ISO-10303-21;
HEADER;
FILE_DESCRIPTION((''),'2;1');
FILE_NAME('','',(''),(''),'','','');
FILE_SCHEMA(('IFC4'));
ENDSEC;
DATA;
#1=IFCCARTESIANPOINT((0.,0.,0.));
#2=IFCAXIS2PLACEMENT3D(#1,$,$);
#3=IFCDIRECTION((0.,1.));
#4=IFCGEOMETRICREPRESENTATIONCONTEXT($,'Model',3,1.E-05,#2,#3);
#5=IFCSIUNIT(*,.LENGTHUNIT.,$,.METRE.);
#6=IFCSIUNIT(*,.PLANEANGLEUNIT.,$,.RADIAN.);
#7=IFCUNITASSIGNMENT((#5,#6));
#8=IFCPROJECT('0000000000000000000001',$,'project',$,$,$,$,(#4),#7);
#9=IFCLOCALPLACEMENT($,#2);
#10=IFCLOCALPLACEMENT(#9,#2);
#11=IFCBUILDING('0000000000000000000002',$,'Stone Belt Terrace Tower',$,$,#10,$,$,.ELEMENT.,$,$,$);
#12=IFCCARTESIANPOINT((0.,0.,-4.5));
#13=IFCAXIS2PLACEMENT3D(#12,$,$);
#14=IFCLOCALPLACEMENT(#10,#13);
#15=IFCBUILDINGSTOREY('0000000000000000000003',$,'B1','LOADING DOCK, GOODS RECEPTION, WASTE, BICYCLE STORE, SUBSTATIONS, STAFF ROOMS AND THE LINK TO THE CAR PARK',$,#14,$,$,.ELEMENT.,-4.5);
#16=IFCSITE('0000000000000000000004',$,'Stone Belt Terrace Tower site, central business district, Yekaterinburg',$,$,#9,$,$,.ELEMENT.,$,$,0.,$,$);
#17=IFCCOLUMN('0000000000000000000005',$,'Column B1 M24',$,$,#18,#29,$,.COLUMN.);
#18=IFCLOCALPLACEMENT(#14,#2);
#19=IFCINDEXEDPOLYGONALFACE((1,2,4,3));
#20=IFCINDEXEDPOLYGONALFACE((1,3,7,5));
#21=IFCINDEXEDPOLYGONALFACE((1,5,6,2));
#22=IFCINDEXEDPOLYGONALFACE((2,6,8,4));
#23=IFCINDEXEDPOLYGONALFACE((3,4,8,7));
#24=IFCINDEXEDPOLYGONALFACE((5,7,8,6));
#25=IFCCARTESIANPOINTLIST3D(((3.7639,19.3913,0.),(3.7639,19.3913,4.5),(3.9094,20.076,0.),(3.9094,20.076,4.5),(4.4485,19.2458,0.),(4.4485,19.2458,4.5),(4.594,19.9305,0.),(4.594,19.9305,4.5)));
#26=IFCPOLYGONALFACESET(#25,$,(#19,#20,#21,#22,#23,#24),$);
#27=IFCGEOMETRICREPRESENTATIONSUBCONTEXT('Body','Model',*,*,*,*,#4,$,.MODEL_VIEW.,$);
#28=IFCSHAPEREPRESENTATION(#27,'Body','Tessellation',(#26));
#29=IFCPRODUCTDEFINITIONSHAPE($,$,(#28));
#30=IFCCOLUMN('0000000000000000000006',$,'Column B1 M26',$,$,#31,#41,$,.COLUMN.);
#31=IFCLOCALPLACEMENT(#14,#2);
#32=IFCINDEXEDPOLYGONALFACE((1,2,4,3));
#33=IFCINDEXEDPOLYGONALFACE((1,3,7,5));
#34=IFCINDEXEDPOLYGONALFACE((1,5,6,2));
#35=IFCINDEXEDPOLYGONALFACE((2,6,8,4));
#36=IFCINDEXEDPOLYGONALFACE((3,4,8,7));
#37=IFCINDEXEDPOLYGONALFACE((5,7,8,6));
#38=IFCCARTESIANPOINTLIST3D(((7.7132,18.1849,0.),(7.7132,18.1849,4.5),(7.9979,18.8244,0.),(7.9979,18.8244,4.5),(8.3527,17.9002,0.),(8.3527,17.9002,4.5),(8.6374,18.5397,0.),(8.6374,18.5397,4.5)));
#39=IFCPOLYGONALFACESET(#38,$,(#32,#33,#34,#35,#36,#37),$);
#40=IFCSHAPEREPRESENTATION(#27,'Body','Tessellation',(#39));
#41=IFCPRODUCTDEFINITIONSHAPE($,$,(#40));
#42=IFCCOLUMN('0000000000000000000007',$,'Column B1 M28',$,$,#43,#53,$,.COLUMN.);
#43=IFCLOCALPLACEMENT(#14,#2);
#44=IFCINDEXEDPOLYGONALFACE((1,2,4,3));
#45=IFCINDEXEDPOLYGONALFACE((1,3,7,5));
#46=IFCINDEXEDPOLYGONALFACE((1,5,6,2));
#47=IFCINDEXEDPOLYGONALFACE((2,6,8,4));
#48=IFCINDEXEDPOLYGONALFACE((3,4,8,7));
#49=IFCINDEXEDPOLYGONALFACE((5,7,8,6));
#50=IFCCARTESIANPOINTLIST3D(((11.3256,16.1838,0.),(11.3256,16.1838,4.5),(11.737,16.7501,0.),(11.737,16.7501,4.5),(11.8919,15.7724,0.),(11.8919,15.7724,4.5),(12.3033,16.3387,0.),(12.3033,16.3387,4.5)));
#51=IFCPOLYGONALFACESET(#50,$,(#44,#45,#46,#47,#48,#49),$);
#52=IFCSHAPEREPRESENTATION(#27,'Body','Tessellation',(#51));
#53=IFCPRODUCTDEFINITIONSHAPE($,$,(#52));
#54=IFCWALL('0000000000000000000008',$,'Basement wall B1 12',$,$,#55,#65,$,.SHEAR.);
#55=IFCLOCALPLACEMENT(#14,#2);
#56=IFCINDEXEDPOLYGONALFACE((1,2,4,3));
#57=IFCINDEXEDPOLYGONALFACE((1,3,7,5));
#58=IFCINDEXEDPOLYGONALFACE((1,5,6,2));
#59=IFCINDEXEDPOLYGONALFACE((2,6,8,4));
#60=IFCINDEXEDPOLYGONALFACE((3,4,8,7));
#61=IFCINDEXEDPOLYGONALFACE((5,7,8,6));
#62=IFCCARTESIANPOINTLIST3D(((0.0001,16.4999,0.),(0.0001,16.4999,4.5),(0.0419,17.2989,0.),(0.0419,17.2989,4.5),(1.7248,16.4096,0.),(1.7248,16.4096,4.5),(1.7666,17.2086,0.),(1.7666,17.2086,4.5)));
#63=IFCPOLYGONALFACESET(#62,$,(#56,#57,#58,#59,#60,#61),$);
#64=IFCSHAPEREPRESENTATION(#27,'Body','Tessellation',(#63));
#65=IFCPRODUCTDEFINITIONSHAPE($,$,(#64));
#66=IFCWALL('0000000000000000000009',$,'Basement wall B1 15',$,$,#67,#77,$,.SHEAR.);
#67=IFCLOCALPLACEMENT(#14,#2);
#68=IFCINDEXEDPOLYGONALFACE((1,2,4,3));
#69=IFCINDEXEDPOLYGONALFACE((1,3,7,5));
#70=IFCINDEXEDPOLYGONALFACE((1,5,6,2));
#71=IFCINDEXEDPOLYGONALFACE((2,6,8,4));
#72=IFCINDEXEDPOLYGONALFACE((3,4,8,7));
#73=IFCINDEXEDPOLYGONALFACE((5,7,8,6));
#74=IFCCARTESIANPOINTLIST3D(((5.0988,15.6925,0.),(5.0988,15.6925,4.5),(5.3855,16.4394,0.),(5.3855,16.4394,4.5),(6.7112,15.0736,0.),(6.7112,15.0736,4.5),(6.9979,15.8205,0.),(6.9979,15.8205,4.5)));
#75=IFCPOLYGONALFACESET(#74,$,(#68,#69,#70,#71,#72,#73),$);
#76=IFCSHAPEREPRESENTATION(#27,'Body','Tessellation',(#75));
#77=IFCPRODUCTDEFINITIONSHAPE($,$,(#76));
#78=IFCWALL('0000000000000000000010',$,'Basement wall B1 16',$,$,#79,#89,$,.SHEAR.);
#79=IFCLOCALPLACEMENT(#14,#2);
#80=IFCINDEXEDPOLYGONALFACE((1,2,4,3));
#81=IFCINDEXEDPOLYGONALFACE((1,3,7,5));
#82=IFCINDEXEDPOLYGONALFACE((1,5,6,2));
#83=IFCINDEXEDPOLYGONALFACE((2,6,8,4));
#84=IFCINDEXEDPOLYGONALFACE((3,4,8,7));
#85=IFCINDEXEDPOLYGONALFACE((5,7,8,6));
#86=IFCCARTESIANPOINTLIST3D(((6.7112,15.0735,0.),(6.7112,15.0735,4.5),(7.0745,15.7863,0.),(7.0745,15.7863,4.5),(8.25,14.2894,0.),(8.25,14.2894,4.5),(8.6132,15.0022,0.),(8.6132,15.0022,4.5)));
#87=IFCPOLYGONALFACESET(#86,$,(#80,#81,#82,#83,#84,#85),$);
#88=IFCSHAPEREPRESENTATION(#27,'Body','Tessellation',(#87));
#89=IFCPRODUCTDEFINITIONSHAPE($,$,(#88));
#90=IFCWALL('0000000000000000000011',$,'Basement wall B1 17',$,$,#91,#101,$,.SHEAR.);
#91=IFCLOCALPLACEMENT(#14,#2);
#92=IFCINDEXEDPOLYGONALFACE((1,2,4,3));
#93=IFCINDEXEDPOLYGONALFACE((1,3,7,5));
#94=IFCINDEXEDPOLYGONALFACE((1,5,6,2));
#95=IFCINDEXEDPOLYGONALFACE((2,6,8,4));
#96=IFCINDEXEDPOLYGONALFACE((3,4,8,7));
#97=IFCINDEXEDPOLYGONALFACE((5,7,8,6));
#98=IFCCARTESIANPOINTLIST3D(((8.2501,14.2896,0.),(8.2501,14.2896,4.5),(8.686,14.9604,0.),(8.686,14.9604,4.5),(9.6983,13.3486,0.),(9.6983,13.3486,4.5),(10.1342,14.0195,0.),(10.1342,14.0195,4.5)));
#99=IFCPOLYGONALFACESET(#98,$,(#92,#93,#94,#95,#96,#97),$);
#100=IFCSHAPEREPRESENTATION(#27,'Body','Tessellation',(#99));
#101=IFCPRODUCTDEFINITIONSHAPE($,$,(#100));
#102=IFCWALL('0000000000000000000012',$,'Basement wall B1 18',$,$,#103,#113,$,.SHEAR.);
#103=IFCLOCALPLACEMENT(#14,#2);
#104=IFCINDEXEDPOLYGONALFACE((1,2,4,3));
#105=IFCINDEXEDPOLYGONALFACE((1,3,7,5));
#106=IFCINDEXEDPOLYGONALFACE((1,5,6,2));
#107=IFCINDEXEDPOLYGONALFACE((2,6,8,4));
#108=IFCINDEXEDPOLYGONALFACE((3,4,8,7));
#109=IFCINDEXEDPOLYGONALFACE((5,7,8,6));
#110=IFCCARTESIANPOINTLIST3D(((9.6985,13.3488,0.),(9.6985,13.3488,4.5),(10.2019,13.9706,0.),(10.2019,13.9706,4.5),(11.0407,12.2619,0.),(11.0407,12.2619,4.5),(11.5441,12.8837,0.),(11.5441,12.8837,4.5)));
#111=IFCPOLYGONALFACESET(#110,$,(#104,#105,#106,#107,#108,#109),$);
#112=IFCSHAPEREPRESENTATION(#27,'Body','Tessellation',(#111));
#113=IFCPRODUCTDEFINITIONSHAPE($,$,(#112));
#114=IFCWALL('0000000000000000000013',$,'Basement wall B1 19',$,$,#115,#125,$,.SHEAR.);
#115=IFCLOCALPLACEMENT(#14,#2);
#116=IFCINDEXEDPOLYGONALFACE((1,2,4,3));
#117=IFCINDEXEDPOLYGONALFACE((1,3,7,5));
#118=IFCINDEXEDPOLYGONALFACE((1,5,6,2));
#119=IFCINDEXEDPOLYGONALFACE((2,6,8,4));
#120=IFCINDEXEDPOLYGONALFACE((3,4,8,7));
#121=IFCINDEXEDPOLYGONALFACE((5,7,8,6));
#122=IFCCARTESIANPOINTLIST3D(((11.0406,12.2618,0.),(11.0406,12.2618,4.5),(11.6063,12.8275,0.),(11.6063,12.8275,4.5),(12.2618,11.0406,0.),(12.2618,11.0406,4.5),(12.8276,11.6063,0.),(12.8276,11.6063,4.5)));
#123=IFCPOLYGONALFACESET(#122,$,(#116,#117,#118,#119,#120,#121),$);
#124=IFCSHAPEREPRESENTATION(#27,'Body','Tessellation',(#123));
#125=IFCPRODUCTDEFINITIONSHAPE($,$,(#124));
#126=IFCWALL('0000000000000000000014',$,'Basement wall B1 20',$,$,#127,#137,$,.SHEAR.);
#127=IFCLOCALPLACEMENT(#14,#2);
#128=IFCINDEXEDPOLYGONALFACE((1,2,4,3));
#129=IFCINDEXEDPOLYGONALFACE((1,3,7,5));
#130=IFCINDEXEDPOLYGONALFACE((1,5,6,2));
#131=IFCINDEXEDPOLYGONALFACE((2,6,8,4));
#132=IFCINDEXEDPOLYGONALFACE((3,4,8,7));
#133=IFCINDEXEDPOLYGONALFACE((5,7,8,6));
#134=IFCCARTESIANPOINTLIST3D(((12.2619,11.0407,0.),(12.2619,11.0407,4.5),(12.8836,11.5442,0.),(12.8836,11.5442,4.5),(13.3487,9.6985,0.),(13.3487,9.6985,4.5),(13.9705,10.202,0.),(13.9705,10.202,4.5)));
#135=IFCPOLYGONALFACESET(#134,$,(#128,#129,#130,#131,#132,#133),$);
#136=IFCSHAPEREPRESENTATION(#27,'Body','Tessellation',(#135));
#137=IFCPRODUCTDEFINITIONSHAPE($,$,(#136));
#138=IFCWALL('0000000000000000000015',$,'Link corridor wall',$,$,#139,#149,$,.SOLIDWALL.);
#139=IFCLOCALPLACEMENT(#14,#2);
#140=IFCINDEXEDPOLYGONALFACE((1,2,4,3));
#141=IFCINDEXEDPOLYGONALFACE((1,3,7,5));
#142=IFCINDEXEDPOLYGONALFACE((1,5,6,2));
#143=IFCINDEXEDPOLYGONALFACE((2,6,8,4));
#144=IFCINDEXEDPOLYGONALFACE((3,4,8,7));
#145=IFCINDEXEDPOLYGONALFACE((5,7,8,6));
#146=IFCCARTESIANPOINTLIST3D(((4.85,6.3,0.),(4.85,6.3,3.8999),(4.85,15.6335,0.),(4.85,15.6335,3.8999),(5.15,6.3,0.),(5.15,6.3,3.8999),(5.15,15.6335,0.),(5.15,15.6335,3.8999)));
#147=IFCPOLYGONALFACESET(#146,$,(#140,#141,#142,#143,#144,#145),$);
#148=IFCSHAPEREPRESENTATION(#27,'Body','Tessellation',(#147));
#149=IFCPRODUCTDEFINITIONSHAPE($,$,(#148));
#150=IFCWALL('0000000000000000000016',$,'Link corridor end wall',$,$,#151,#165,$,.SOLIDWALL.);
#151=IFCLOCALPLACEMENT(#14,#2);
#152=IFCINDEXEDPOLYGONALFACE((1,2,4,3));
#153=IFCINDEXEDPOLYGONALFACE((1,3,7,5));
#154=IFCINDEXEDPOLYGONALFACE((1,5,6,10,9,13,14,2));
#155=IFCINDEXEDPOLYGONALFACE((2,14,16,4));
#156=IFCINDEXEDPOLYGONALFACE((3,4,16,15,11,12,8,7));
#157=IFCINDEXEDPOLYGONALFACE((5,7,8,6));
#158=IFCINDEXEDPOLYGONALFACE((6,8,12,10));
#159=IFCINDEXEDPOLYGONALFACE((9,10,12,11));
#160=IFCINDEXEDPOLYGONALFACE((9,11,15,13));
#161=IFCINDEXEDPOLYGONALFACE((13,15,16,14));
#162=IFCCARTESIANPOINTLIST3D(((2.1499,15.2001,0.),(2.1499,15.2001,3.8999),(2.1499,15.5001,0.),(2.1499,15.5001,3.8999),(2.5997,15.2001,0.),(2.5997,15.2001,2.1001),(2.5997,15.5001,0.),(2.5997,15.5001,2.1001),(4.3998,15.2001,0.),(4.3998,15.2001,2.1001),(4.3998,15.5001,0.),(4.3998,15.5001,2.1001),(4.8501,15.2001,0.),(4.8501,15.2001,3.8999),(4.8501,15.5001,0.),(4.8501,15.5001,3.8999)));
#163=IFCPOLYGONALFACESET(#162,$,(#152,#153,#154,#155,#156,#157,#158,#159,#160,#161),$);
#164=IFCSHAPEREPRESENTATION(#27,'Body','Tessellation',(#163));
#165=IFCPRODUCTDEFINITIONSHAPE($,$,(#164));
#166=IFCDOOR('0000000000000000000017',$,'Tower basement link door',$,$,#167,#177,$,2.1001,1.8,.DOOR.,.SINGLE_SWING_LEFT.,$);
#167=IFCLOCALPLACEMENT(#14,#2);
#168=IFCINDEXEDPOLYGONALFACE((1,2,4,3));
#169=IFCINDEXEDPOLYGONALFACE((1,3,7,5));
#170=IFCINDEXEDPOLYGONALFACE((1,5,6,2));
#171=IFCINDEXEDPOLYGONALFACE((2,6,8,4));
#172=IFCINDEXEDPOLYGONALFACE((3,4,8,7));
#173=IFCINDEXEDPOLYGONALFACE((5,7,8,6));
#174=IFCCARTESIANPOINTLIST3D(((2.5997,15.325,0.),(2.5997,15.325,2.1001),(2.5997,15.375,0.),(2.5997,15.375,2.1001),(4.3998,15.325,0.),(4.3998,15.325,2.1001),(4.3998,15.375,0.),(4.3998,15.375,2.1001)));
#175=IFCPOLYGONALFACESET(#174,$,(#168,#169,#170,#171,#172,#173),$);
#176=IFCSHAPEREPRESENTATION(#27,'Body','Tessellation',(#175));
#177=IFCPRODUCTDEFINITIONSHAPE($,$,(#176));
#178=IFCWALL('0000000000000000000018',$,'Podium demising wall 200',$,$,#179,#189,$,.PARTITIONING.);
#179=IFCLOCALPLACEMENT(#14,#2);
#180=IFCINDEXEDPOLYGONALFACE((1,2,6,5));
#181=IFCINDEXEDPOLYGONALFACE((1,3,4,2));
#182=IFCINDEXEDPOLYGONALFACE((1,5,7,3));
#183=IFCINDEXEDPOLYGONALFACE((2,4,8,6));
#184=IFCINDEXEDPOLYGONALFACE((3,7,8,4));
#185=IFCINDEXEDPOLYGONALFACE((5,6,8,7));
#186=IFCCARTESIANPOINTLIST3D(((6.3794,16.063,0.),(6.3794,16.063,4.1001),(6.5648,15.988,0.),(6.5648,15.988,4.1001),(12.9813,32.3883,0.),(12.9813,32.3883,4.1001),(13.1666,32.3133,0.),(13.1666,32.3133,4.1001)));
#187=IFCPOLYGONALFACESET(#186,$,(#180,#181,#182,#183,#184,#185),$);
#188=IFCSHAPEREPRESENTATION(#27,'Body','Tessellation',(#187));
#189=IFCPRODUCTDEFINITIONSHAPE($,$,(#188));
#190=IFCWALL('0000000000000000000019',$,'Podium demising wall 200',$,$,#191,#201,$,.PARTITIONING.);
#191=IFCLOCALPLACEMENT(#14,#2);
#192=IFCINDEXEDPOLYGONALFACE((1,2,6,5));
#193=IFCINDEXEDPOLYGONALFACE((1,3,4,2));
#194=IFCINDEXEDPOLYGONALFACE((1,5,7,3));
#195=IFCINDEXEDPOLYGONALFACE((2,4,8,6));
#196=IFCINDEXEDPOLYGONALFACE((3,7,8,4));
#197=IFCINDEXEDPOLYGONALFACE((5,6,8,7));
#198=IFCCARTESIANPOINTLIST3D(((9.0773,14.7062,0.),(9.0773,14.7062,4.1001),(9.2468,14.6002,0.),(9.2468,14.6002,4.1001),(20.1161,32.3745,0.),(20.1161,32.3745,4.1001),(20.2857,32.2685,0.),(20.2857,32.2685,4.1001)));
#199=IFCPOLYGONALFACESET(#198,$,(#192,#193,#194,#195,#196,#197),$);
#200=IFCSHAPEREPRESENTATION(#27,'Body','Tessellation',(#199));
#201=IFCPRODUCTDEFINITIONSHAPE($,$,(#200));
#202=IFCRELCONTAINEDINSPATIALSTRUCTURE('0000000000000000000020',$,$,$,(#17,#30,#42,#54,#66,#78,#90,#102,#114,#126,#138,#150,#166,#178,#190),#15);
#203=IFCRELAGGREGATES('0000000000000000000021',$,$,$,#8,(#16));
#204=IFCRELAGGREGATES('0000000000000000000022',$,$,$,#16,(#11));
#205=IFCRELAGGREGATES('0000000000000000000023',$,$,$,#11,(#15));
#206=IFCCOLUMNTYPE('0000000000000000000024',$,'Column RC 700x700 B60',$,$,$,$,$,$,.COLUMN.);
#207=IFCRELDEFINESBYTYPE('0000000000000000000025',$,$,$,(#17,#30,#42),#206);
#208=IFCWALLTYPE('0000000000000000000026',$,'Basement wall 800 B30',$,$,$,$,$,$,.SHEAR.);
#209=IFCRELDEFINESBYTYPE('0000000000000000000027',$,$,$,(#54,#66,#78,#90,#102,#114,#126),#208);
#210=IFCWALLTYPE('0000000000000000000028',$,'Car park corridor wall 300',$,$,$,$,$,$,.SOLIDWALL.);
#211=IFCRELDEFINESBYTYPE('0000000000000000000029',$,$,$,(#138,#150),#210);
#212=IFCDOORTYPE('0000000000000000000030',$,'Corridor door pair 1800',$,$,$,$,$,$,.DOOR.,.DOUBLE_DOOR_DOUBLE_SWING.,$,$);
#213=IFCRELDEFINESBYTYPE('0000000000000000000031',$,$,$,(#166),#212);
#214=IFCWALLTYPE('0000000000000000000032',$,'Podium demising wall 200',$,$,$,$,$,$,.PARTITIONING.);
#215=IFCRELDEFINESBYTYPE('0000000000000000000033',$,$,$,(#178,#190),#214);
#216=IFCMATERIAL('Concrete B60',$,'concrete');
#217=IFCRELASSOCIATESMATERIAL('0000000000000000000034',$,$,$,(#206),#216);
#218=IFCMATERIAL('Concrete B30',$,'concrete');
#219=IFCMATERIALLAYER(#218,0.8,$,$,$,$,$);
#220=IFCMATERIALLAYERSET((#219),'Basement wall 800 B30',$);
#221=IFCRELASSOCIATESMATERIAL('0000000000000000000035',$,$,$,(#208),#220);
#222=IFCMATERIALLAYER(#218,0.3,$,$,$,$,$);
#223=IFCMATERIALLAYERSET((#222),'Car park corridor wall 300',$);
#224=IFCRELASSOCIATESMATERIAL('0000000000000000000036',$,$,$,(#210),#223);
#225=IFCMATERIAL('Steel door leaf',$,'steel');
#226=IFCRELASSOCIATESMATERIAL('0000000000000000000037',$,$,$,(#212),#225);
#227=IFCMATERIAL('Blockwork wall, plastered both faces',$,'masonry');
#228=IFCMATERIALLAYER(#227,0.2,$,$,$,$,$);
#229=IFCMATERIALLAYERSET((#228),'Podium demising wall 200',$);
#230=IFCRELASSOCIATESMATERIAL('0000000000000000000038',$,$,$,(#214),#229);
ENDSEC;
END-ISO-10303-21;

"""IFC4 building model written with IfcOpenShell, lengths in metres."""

from ifc_helpers import new_model, si_unit, direction, frame, frame_2d, origin, origin_2d, place, context, subcontext, project, spatial, rectangle, extrude, material, layer, layer_set, material_profile, profile_set, type_object, element, fill, save


model = new_model("IFC4")

# Units and contexts
model_context = context("Model", 3, precision=1e-05, world=origin(), true_north=direction((0.0, 1.0)))
body_context = subcontext(model_context, "Body", "Model", "MODEL_VIEW")
ifc_project = project(units=[si_unit("LENGTHUNIT", "METRE"), si_unit("PLANEANGLEUNIT", "RADIAN")], contexts=[model_context])

# Site, building, storey
site_placement = place(None, origin())
site = spatial("IfcSite", under=ifc_project, at=site_placement, Name="Stone Belt Terrace Tower site, central business district, Yekaterinburg", CompositionType="ELEMENT", RefElevation=0.0)
building_placement = place(site_placement, origin())
building = spatial("IfcBuilding", under=site, at=building_placement, Name="Stone Belt Terrace Tower", CompositionType="ELEMENT")
storey_placement = place(building_placement, frame((0.0, 0.0, -4.5)))
storey = spatial("IfcBuildingStorey", under=building, at=storey_placement, Name="B1", Description="LOADING DOCK, GOODS RECEPTION, WASTE, BICYCLE STORE, SUBSTATIONS, STAFF ROOMS AND THE LINK TO THE CAR PARK", CompositionType="ELEMENT", Elevation=-4.5)

# Columns
ifc_material_1 = material(Name="Concrete B60", Category="concrete")
ifc_material_profile = material_profile(ifc_material_1, rectangle(XDim=0.7, YDim=0.7, at=origin_2d()), Name="RC 700x700")
ifc_profile_set = profile_set([ifc_material_profile], Name="Concrete B60")
column_type = type_object("IfcColumnType", Name="Column RC 700x700 B60", PredefinedType="COLUMN", material=ifc_profile_set)
for number, where, z_axis, x_axis, name in (
    (1, (4.179, 19.6609, 0.0), (0.0, 0.0, 1.0), (0.978148, -0.207912, 0.0), "Column B1 M24"),
    (2, (8.1753, 18.3623, 0.0), (0.0, 0.0, 1.0), (0.913545, -0.406737, 0.0), "Column B1 M26"),
    (3, (11.8145, 16.2612, 0.0), (0.0, 0.0, 1.0), (0.809017, -0.587785, 0.0), "Column B1 M28"),
):
    element("IfcColumn", number, at=place(storey_placement, frame(where, z_axis=z_axis, x_axis=x_axis)), inside=storey, type_object=column_type, Name=name, PredefinedType="COLUMN", context=body_context, shape_type="SweptSolid", body=[
        extrude(rectangle(XDim=0.7, YDim=0.7, at=origin_2d()), origin(), (0.0, 0.0, 1.0), 4.5),
    ])

# Wall
ifc_material_2 = material(Name="Concrete B30", Category="concrete")
ifc_layer_1 = layer(ifc_material_2, 0.8)
ifc_layer_set_1 = layer_set([ifc_layer_1], Name="Basement wall 800 B30")
wall_type_1 = type_object("IfcWallType", Name="Basement wall 800 B30", PredefinedType="SHEAR", material=ifc_layer_set_1)
wall_1_placement = place(storey_placement, frame((0.021, 16.8994, 0.0), z_axis=(0.0, 0.0, 1.0), x_axis=(0.998631, -0.052307, 0.0)))
element("IfcWall", 4, at=wall_1_placement, inside=storey, type_object=wall_type_1, Name="Basement wall B1 12", PredefinedType="SHEAR", context=body_context, shape_type="SweptSolid", body=[
    extrude(rectangle(XDim=1.7271, YDim=0.8, at=frame_2d((0.8635, 0.0))), origin(), (0.0, 0.0, 1.0), 4.5),
])

# Walls
for number, where, z_axis, x_axis, name in (
    (5, (5.2422, 16.0659, 0.0), (0.0, 0.0, 1.0), (0.933582, -0.358363, 0.0), "Basement wall B1 15"),
    (6, (6.8928, 15.4299, 0.0), (0.0, 0.0, 1.0), (0.89098, -0.454042, 0.0), "Basement wall B1 16"),
    (7, (8.468, 14.625, 0.0), (0.0, 0.0, 1.0), (0.83856, -0.544809, 0.0), "Basement wall B1 17"),
    (8, (9.9502, 13.6597, 0.0), (0.0, 0.0, 1.0), (0.777159, -0.629304, 0.0), "Basement wall B1 18"),
    (9, (11.3235, 12.5447, 0.0), (0.0, 0.0, 1.0), (0.707107, -0.707107, 0.0), "Basement wall B1 19"),
    (10, (12.5728, 11.2925, 0.0), (0.0, 0.0, 1.0), (0.629304, -0.777159, 0.0), "Basement wall B1 20"),
):
    element("IfcWall", number, at=place(storey_placement, frame(where, z_axis=z_axis, x_axis=x_axis)), inside=storey, type_object=wall_type_1, Name=name, PredefinedType="SHEAR", context=body_context, shape_type="SweptSolid", body=[
        extrude(rectangle(XDim=1.7271, YDim=0.8, at=frame_2d((0.8635, 0.0))), origin(), (0.0, 0.0, 1.0), 4.5),
    ])
ifc_layer_2 = layer(ifc_material_2, 0.3)
ifc_layer_set_2 = layer_set([ifc_layer_2], Name="Car park corridor wall 300")
wall_type_2 = type_object("IfcWallType", Name="Car park corridor wall 300", PredefinedType="SOLIDWALL", material=ifc_layer_set_2)
wall_2_placement = place(storey_placement, frame((5.0, 6.3, 0.0), z_axis=(0.0, 0.0, 1.0), x_axis=(0.0, 1.0, 0.0)))
element("IfcWall", 11, at=wall_2_placement, inside=storey, type_object=wall_type_2, Name="Link corridor wall", PredefinedType="SOLIDWALL", context=body_context, shape_type="SweptSolid", body=[
    extrude(rectangle(XDim=9.3335, YDim=0.3, at=frame_2d((4.6667, 0.0))), origin(), (0.0, 0.0, 1.0), 3.8999),
])

# Wall, opening, door
wall_3_placement = place(storey_placement, frame((2.1499, 15.3501, 0.0), z_axis=(0.0, 0.0, 1.0), x_axis=(1.0, 0.0, 0.0)))
wall_3 = element("IfcWall", 12, at=wall_3_placement, inside=storey, type_object=wall_type_2, Name="Link corridor end wall", PredefinedType="SOLIDWALL", context=body_context, shape_type="SweptSolid", body=[
    extrude(rectangle(XDim=2.7002, YDim=0.3, at=frame_2d((1.3501, 0.0))), origin(), (0.0, 0.0, 1.0), 3.8999),
])
opening_1_placement = place(wall_3_placement, frame((0.45, 0.0, 0.0)))
opening_1 = element("IfcOpeningElement", 13, at=opening_1_placement, cuts=wall_3, PredefinedType="OPENING", context=body_context, shape_type="SweptSolid", body=[
    extrude(rectangle(XDim=1.8, YDim=2.1001, at=frame_2d((0.8999, 1.05))), frame((0.0, 0.1599, 0.0), z_axis=(0.0, -1.0, 0.0), x_axis=(1.0, 0.0, 0.0)), (0.0, 0.0, 1.0), 0.3201),
])
ifc_material_3 = material(Name="Steel door leaf", Category="steel")
door_type_1 = type_object("IfcDoorType", Name="Corridor door pair 1800", OperationType="DOUBLE_DOOR_DOUBLE_SWING", PredefinedType="DOOR", material=ifc_material_3)
door_1_placement = place(opening_1_placement, origin())
door_1 = element("IfcDoor", 14, at=door_1_placement, inside=storey, type_object=door_type_1, Name="Tower basement link door", OperationType="SINGLE_SWING_LEFT", OverallHeight=2.1001, OverallWidth=1.8, PredefinedType="DOOR", context=body_context, shape_type="SweptSolid", body=[
    extrude(rectangle(XDim=1.8, YDim=2.1001, at=frame_2d((0.8999, 1.05))), frame((0.0, 0.0249, 0.0), z_axis=(0.0, -1.0, 0.0), x_axis=(1.0, 0.0, 0.0)), (0.0, 0.0, 1.0), 0.05),
])
fill(opening_1, door_1)

# Walls
ifc_material_4 = material(Name="Blockwork wall, plastered both faces", Category="masonry")
ifc_layer_3 = layer(ifc_material_4, 0.2)
ifc_layer_set_3 = layer_set([ifc_layer_3], Name="Podium demising wall 200")
wall_type_3 = type_object("IfcWallType", Name="Podium demising wall 200", PredefinedType="PARTITIONING", material=ifc_layer_set_3)
wall_4_placement = place(storey_placement, frame((6.4722, 16.0256, 0.0), z_axis=(0.0, 0.0, 1.0), x_axis=(0.374899, 0.927065, 0.0)))
element("IfcWall", 15, at=wall_4_placement, inside=storey, type_object=wall_type_3, Name="Podium demising wall 200", PredefinedType="PARTITIONING", context=body_context, shape_type="SweptSolid", body=[
    extrude(rectangle(XDim=17.6096, YDim=0.2, at=frame_2d((8.8047, 0.0))), origin(), (0.0, 0.0, 1.0), 4.1001),
])
wall_5_placement = place(storey_placement, frame((9.1621, 14.6533, 0.0), z_axis=(0.0, 0.0, 1.0), x_axis=(0.529867, 0.848081, 0.0)))
element("IfcWall", 16, at=wall_5_placement, inside=storey, type_object=wall_type_3, Name="Podium demising wall 200", PredefinedType="PARTITIONING", context=body_context, shape_type="SweptSolid", body=[
    extrude(rectangle(XDim=20.8333, YDim=0.2, at=frame_2d((10.4165, 0.0))), origin(), (0.0, 0.0, 1.0), 4.1001),
])

save(model, "model.ifc")
